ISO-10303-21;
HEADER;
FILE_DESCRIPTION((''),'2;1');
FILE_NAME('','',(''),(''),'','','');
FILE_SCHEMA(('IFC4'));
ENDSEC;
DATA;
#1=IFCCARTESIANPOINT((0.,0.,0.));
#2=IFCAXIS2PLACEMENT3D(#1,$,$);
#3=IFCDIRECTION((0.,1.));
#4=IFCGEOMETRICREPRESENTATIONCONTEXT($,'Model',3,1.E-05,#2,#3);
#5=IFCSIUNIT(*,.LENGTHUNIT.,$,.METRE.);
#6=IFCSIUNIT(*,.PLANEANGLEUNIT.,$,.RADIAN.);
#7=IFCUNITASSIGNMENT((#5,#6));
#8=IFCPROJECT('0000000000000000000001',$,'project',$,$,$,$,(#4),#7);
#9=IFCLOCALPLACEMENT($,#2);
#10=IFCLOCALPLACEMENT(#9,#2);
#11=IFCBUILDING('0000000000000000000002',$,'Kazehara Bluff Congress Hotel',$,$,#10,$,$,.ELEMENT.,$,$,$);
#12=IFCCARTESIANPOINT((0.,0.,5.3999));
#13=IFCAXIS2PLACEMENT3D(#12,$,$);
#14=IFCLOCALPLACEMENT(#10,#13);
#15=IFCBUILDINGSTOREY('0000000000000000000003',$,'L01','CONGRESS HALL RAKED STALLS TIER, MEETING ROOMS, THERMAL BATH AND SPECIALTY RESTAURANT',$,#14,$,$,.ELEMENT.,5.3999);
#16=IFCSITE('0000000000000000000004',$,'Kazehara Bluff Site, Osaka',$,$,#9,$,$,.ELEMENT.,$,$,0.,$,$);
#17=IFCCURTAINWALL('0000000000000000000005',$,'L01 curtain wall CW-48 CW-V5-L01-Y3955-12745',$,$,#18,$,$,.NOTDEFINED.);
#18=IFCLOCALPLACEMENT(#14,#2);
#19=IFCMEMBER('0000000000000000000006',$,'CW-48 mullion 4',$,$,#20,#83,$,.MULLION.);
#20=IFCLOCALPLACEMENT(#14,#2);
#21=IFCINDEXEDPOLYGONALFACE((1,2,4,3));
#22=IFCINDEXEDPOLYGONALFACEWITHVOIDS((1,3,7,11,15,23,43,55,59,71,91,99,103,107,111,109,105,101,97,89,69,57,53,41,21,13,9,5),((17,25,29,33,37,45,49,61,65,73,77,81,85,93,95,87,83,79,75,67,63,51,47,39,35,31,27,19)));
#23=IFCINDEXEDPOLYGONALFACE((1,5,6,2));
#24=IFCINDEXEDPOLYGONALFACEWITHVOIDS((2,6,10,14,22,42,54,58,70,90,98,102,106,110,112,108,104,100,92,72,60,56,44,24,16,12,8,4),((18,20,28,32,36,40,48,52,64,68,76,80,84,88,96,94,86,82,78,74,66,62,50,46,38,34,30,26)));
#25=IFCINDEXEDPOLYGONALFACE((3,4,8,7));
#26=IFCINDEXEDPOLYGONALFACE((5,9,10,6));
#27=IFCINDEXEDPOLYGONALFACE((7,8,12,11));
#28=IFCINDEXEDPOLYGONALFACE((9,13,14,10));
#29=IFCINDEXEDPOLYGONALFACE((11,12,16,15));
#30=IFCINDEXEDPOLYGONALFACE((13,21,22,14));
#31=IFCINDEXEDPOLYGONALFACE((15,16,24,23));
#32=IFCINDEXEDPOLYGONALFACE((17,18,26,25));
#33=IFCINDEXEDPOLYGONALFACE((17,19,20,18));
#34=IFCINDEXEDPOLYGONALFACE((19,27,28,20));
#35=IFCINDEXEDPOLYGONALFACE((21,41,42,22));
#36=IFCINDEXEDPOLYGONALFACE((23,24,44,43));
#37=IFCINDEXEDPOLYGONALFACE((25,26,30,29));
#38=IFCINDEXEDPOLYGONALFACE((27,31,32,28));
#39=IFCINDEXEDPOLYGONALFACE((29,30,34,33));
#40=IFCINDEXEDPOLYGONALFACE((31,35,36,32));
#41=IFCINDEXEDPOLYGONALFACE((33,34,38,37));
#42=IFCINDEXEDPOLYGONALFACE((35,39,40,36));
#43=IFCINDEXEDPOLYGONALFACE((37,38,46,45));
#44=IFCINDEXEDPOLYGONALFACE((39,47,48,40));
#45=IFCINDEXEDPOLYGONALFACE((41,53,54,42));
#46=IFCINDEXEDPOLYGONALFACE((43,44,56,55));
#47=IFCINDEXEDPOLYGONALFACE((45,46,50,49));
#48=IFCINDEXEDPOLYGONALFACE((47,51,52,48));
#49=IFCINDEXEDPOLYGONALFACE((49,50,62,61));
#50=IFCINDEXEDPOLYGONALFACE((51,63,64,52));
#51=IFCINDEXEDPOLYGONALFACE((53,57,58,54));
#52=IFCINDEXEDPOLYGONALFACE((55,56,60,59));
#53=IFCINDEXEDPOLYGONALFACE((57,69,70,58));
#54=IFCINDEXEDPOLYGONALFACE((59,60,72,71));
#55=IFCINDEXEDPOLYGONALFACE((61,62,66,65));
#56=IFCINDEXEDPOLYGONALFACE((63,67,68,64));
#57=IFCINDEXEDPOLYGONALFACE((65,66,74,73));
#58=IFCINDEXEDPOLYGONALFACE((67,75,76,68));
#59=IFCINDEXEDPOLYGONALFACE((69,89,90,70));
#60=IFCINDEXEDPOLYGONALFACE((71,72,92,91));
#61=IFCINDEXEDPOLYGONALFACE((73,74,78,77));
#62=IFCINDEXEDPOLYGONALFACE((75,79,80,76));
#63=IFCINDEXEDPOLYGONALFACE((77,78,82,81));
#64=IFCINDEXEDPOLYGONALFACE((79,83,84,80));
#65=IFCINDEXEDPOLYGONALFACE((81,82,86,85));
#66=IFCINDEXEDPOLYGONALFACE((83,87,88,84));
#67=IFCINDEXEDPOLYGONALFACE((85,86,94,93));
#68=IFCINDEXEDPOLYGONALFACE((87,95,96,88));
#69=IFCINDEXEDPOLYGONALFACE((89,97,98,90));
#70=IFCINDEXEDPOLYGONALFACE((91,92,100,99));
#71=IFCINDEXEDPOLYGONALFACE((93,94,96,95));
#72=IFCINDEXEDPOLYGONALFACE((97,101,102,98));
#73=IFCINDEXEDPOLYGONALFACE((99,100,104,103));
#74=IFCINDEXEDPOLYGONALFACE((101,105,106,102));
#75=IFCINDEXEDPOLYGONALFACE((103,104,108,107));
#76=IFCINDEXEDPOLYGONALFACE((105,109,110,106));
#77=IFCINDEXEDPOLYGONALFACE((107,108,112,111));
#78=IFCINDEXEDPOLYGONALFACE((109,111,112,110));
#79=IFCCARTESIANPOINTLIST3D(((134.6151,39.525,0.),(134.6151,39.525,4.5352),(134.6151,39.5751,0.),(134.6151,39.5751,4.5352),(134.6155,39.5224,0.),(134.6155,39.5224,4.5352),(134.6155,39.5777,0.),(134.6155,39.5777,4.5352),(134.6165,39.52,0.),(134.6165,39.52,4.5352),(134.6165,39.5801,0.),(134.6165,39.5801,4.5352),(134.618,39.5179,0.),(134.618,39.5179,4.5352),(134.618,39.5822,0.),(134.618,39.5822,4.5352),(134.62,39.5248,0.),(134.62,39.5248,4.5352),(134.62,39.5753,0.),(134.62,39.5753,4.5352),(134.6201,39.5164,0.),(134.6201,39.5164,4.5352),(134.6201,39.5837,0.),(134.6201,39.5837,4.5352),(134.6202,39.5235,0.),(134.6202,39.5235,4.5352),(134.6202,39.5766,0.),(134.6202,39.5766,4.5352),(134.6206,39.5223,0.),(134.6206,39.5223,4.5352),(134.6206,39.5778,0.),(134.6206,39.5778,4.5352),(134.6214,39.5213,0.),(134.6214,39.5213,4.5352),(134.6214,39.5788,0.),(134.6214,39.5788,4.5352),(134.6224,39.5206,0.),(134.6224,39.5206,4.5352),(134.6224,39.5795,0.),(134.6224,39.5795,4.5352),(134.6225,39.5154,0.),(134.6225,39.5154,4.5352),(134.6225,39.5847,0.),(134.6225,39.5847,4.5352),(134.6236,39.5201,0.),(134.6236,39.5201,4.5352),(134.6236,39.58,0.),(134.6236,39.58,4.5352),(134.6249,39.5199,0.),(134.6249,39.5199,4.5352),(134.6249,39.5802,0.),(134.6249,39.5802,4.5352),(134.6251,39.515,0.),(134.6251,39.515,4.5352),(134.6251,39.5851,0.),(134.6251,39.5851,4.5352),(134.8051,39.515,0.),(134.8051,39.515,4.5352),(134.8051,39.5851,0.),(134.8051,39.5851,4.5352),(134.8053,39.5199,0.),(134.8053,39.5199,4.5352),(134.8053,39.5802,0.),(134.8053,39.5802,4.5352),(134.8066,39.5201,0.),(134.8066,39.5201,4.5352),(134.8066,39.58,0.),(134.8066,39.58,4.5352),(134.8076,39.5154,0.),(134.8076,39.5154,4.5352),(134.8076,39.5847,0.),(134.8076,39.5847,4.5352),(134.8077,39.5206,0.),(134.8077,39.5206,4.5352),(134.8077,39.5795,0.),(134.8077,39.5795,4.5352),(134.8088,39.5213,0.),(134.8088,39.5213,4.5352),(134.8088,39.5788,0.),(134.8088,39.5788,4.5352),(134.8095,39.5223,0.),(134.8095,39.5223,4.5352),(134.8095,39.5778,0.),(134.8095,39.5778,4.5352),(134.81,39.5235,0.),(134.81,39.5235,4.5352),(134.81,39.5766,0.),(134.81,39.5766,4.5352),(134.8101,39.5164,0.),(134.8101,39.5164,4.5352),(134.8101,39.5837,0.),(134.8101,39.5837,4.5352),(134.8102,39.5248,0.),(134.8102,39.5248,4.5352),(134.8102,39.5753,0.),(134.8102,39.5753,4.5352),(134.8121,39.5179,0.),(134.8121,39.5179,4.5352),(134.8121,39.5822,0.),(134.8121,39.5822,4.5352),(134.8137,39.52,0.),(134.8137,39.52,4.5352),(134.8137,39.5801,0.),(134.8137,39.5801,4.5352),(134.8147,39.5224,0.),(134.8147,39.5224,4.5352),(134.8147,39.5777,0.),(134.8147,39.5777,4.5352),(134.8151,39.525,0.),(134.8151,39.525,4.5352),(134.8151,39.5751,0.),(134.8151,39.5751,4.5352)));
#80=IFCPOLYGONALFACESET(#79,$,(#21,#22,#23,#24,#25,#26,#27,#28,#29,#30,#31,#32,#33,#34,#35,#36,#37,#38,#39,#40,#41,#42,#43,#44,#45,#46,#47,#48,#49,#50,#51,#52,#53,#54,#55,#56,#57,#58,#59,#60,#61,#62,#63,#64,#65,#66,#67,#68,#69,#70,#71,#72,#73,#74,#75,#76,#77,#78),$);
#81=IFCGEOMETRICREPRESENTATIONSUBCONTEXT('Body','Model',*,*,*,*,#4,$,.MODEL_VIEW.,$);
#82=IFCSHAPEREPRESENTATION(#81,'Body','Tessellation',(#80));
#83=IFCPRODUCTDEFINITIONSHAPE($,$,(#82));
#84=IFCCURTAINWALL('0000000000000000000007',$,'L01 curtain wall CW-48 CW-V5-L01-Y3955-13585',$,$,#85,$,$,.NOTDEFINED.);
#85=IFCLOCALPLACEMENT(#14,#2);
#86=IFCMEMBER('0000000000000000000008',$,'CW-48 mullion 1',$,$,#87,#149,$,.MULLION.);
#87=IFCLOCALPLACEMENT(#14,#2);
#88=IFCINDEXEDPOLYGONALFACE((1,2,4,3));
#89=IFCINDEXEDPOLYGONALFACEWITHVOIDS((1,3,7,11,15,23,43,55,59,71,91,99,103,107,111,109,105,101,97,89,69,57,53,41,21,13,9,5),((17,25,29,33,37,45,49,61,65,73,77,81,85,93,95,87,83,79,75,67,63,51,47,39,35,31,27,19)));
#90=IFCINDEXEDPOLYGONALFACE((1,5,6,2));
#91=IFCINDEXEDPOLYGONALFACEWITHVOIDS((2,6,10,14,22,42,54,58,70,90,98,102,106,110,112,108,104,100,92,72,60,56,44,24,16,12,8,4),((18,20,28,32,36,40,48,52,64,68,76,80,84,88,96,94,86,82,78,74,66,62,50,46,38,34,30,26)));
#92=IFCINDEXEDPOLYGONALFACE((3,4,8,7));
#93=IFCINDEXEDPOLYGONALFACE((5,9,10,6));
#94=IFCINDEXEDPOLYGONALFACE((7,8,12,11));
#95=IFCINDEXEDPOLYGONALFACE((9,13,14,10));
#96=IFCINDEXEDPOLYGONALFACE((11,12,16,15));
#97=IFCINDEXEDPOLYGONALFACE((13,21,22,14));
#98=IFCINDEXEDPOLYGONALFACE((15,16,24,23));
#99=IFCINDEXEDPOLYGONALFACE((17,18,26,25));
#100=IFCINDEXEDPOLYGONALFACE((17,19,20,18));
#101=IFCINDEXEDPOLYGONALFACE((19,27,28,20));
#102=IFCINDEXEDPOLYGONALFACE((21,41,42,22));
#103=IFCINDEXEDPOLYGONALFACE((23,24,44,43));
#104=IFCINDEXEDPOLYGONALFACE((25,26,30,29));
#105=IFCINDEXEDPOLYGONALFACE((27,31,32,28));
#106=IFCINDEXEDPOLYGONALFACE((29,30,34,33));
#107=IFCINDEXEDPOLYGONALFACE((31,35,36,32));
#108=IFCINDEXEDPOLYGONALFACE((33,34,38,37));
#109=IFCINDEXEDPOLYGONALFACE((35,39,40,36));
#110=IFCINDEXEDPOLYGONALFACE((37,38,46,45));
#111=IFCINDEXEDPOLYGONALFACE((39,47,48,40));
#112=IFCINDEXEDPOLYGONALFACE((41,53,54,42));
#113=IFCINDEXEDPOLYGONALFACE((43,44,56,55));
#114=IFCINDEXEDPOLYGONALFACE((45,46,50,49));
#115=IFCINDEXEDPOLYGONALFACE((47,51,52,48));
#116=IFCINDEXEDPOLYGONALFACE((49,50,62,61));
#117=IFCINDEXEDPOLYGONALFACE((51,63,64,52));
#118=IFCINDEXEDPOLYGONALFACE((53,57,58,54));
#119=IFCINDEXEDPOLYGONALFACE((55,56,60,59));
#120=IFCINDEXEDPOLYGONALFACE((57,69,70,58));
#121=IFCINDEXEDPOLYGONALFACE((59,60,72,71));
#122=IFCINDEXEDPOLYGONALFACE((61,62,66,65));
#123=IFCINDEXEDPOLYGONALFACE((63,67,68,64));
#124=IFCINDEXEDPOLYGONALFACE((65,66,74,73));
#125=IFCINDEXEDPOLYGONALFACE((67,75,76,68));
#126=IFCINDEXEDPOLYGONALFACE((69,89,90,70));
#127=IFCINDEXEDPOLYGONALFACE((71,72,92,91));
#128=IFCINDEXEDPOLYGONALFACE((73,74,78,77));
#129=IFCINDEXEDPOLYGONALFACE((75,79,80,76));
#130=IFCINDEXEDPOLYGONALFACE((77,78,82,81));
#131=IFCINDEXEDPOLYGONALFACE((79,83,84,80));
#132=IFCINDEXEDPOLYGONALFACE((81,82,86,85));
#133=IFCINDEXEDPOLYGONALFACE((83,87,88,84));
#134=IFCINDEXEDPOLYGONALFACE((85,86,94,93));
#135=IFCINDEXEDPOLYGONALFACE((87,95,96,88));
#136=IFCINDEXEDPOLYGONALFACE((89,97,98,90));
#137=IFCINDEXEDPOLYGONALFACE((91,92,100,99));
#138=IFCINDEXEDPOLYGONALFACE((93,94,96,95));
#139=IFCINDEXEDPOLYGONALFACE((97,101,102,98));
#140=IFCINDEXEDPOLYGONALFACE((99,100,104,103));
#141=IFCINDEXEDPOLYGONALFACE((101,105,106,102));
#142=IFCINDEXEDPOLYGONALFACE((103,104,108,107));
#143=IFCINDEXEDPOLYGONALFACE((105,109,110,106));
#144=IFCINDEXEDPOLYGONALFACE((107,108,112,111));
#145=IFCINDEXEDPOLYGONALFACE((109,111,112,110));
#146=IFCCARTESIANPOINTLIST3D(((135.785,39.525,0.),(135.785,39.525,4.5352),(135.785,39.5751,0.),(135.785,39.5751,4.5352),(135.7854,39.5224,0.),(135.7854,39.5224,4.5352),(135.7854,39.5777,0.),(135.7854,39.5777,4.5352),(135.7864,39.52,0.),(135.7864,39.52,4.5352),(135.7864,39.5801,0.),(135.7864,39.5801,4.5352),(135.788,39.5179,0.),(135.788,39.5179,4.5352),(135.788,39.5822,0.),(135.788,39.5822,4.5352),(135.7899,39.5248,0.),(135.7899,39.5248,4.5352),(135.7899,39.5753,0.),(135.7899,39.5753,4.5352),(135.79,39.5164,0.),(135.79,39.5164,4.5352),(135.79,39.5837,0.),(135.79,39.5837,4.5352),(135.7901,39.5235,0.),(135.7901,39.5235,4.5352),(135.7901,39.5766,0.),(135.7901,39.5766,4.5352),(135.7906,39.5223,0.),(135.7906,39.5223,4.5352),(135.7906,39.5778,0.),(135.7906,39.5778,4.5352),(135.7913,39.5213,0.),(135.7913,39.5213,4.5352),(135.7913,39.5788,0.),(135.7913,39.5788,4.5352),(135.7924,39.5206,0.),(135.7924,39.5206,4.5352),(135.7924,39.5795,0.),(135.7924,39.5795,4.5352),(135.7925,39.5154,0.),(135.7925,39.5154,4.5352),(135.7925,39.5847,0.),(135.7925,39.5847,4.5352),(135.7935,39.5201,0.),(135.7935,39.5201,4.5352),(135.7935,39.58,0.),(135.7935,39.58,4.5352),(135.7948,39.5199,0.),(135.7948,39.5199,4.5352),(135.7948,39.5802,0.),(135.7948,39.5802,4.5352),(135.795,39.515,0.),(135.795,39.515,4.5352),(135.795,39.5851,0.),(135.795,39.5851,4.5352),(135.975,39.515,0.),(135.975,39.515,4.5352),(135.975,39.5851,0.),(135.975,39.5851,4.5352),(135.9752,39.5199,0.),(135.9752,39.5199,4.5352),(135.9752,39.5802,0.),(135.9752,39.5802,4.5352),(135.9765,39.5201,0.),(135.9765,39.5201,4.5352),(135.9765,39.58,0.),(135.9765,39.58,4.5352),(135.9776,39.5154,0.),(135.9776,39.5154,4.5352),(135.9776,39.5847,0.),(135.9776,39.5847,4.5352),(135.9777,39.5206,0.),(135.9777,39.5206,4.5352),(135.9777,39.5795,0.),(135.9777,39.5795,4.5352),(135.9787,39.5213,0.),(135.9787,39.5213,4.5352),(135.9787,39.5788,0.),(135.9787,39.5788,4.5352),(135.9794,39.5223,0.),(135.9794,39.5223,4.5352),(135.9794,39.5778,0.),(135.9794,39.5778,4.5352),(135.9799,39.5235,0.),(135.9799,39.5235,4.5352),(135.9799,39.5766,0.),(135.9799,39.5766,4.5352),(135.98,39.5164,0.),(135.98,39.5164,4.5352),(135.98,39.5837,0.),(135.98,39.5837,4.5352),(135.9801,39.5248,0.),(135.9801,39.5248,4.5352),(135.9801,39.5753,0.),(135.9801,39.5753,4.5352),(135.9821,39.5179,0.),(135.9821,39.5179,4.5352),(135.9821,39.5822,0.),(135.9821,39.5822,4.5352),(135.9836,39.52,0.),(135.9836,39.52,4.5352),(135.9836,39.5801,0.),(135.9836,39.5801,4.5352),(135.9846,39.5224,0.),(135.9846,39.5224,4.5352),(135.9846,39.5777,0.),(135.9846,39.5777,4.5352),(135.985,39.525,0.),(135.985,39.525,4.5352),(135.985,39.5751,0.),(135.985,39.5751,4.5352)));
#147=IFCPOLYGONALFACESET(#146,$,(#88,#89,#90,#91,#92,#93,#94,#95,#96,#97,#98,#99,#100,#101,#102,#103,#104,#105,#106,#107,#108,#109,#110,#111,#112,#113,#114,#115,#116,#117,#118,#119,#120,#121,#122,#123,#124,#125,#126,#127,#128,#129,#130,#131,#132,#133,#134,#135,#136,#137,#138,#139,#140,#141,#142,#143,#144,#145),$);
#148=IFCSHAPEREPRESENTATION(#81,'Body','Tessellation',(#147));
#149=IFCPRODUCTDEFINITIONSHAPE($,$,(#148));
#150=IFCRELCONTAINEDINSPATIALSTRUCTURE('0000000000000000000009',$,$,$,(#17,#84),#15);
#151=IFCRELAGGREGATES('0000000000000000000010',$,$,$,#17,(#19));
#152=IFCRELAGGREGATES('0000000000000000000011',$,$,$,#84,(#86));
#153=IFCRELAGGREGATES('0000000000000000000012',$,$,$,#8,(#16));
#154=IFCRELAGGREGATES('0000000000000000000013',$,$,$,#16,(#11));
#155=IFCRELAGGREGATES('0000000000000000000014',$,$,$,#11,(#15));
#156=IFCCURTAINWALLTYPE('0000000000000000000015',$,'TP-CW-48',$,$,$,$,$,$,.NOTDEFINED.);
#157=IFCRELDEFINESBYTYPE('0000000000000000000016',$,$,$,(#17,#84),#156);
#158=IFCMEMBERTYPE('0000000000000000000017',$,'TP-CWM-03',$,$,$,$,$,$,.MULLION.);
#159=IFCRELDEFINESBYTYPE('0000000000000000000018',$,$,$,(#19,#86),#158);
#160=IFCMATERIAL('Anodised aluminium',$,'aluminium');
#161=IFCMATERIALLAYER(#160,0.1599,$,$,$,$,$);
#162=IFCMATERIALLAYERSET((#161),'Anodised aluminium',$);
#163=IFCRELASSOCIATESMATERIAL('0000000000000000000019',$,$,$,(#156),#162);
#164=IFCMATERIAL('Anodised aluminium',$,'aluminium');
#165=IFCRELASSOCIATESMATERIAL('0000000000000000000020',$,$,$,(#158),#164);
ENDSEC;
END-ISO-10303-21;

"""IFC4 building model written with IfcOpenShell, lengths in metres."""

from ifc_helpers import new_model, si_unit, direction, frame, origin, origin_2d, place, context, subcontext, project, spatial, hollow_rectangle, extrude, material, layer, layer_set, material_profile, profile_set, type_object, element, aggregate, save


model = new_model("IFC4")

# Units and contexts
model_context = context("Model", 3, precision=1e-05, world=origin(), true_north=direction((0.0, 1.0)))
body_context = subcontext(model_context, "Body", "Model", "MODEL_VIEW")
ifc_project = project(units=[si_unit("LENGTHUNIT", "METRE"), si_unit("PLANEANGLEUNIT", "RADIAN")], contexts=[model_context])

# Site, building, storey
site_placement = place(None, origin())
site = spatial("IfcSite", under=ifc_project, at=site_placement, Name="Kazehara Bluff Site, Osaka", CompositionType="ELEMENT", RefElevation=0.0)
building_placement = place(site_placement, origin())
building = spatial("IfcBuilding", under=site, at=building_placement, Name="Kazehara Bluff Congress Hotel", CompositionType="ELEMENT")
storey_placement = place(building_placement, frame((0.0, 0.0, 5.3999)))
storey = spatial("IfcBuildingStorey", under=building, at=storey_placement, Name="L01", Description="CONGRESS HALL RAKED STALLS TIER, MEETING ROOMS, THERMAL BATH AND SPECIALTY RESTAURANT", CompositionType="ELEMENT", Elevation=5.3999)

# Curtain wall, member
ifc_material_1 = material(Name="Anodised aluminium", Category="aluminium")
ifc_layer_1 = layer(ifc_material_1, 0.1599)
ifc_layer_set_1 = layer_set([ifc_layer_1], Name="Anodised aluminium")
curtain_wall_type = type_object("IfcCurtainWallType", Name="TP-CW-48", PredefinedType="NOTDEFINED", material=ifc_layer_set_1)
curtain_wall_1_placement = place(storey_placement, origin())
curtain_wall_1 = element("IfcCurtainWall", 1, at=curtain_wall_1_placement, inside=storey, type_object=curtain_wall_type, Name="L01 curtain wall CW-48 CW-V5-L01-Y3955-12745", PredefinedType="NOTDEFINED")
ifc_material_2 = material(Name="Anodised aluminium", Category="aluminium")
ifc_material_profile_1 = material_profile(ifc_material_2, hollow_rectangle(XDim=0.0701, YDim=0.2, WallThickness=0.0049, InnerFilletRadius=0.0049, OuterFilletRadius=0.01, at=origin_2d()))
ifc_profile_set_1 = profile_set([ifc_material_profile_1], Name="Anodised aluminium")
member_type_1 = type_object("IfcMemberType", Name="TP-CWM-03", PredefinedType="MULLION", material=ifc_profile_set_1)
member_1_placement = place(storey_placement, frame((134.7151, 39.55, 0.0), z_axis=(0.0, 0.0, 1.0), x_axis=(0.0, 1.0, 0.0)))
member_1 = element("IfcMember", 2, at=member_1_placement, type_object=member_type_1, Name="CW-48 mullion 4", PredefinedType="MULLION", context=body_context, shape_type="SweptSolid", body=[
    extrude(hollow_rectangle(XDim=0.0701, YDim=0.2, WallThickness=0.0049, InnerFilletRadius=0.0049, OuterFilletRadius=0.01, at=origin_2d()), origin(), (0.0, 0.0, 1.0), 4.5352),
])

# Curtain wall, member
curtain_wall_2_placement = place(storey_placement, origin())
curtain_wall_2 = element("IfcCurtainWall", 3, at=curtain_wall_2_placement, inside=storey, type_object=curtain_wall_type, Name="L01 curtain wall CW-48 CW-V5-L01-Y3955-13585", PredefinedType="NOTDEFINED")
member_2_placement = place(storey_placement, frame((135.885, 39.55, 0.0), z_axis=(0.0, 0.0, 1.0), x_axis=(0.0, 1.0, 0.0)))
member_2 = element("IfcMember", 4, at=member_2_placement, type_object=member_type_1, Name="CW-48 mullion 1", PredefinedType="MULLION", context=body_context, shape_type="SweptSolid", body=[
    extrude(hollow_rectangle(XDim=0.0701, YDim=0.2, WallThickness=0.0049, InnerFilletRadius=0.0049, OuterFilletRadius=0.01, at=origin_2d()), origin(), (0.0, 0.0, 1.0), 4.5352),
])

aggregate(curtain_wall_1, [member_1])
aggregate(curtain_wall_2, [member_2])

save(model, "model.ifc")
